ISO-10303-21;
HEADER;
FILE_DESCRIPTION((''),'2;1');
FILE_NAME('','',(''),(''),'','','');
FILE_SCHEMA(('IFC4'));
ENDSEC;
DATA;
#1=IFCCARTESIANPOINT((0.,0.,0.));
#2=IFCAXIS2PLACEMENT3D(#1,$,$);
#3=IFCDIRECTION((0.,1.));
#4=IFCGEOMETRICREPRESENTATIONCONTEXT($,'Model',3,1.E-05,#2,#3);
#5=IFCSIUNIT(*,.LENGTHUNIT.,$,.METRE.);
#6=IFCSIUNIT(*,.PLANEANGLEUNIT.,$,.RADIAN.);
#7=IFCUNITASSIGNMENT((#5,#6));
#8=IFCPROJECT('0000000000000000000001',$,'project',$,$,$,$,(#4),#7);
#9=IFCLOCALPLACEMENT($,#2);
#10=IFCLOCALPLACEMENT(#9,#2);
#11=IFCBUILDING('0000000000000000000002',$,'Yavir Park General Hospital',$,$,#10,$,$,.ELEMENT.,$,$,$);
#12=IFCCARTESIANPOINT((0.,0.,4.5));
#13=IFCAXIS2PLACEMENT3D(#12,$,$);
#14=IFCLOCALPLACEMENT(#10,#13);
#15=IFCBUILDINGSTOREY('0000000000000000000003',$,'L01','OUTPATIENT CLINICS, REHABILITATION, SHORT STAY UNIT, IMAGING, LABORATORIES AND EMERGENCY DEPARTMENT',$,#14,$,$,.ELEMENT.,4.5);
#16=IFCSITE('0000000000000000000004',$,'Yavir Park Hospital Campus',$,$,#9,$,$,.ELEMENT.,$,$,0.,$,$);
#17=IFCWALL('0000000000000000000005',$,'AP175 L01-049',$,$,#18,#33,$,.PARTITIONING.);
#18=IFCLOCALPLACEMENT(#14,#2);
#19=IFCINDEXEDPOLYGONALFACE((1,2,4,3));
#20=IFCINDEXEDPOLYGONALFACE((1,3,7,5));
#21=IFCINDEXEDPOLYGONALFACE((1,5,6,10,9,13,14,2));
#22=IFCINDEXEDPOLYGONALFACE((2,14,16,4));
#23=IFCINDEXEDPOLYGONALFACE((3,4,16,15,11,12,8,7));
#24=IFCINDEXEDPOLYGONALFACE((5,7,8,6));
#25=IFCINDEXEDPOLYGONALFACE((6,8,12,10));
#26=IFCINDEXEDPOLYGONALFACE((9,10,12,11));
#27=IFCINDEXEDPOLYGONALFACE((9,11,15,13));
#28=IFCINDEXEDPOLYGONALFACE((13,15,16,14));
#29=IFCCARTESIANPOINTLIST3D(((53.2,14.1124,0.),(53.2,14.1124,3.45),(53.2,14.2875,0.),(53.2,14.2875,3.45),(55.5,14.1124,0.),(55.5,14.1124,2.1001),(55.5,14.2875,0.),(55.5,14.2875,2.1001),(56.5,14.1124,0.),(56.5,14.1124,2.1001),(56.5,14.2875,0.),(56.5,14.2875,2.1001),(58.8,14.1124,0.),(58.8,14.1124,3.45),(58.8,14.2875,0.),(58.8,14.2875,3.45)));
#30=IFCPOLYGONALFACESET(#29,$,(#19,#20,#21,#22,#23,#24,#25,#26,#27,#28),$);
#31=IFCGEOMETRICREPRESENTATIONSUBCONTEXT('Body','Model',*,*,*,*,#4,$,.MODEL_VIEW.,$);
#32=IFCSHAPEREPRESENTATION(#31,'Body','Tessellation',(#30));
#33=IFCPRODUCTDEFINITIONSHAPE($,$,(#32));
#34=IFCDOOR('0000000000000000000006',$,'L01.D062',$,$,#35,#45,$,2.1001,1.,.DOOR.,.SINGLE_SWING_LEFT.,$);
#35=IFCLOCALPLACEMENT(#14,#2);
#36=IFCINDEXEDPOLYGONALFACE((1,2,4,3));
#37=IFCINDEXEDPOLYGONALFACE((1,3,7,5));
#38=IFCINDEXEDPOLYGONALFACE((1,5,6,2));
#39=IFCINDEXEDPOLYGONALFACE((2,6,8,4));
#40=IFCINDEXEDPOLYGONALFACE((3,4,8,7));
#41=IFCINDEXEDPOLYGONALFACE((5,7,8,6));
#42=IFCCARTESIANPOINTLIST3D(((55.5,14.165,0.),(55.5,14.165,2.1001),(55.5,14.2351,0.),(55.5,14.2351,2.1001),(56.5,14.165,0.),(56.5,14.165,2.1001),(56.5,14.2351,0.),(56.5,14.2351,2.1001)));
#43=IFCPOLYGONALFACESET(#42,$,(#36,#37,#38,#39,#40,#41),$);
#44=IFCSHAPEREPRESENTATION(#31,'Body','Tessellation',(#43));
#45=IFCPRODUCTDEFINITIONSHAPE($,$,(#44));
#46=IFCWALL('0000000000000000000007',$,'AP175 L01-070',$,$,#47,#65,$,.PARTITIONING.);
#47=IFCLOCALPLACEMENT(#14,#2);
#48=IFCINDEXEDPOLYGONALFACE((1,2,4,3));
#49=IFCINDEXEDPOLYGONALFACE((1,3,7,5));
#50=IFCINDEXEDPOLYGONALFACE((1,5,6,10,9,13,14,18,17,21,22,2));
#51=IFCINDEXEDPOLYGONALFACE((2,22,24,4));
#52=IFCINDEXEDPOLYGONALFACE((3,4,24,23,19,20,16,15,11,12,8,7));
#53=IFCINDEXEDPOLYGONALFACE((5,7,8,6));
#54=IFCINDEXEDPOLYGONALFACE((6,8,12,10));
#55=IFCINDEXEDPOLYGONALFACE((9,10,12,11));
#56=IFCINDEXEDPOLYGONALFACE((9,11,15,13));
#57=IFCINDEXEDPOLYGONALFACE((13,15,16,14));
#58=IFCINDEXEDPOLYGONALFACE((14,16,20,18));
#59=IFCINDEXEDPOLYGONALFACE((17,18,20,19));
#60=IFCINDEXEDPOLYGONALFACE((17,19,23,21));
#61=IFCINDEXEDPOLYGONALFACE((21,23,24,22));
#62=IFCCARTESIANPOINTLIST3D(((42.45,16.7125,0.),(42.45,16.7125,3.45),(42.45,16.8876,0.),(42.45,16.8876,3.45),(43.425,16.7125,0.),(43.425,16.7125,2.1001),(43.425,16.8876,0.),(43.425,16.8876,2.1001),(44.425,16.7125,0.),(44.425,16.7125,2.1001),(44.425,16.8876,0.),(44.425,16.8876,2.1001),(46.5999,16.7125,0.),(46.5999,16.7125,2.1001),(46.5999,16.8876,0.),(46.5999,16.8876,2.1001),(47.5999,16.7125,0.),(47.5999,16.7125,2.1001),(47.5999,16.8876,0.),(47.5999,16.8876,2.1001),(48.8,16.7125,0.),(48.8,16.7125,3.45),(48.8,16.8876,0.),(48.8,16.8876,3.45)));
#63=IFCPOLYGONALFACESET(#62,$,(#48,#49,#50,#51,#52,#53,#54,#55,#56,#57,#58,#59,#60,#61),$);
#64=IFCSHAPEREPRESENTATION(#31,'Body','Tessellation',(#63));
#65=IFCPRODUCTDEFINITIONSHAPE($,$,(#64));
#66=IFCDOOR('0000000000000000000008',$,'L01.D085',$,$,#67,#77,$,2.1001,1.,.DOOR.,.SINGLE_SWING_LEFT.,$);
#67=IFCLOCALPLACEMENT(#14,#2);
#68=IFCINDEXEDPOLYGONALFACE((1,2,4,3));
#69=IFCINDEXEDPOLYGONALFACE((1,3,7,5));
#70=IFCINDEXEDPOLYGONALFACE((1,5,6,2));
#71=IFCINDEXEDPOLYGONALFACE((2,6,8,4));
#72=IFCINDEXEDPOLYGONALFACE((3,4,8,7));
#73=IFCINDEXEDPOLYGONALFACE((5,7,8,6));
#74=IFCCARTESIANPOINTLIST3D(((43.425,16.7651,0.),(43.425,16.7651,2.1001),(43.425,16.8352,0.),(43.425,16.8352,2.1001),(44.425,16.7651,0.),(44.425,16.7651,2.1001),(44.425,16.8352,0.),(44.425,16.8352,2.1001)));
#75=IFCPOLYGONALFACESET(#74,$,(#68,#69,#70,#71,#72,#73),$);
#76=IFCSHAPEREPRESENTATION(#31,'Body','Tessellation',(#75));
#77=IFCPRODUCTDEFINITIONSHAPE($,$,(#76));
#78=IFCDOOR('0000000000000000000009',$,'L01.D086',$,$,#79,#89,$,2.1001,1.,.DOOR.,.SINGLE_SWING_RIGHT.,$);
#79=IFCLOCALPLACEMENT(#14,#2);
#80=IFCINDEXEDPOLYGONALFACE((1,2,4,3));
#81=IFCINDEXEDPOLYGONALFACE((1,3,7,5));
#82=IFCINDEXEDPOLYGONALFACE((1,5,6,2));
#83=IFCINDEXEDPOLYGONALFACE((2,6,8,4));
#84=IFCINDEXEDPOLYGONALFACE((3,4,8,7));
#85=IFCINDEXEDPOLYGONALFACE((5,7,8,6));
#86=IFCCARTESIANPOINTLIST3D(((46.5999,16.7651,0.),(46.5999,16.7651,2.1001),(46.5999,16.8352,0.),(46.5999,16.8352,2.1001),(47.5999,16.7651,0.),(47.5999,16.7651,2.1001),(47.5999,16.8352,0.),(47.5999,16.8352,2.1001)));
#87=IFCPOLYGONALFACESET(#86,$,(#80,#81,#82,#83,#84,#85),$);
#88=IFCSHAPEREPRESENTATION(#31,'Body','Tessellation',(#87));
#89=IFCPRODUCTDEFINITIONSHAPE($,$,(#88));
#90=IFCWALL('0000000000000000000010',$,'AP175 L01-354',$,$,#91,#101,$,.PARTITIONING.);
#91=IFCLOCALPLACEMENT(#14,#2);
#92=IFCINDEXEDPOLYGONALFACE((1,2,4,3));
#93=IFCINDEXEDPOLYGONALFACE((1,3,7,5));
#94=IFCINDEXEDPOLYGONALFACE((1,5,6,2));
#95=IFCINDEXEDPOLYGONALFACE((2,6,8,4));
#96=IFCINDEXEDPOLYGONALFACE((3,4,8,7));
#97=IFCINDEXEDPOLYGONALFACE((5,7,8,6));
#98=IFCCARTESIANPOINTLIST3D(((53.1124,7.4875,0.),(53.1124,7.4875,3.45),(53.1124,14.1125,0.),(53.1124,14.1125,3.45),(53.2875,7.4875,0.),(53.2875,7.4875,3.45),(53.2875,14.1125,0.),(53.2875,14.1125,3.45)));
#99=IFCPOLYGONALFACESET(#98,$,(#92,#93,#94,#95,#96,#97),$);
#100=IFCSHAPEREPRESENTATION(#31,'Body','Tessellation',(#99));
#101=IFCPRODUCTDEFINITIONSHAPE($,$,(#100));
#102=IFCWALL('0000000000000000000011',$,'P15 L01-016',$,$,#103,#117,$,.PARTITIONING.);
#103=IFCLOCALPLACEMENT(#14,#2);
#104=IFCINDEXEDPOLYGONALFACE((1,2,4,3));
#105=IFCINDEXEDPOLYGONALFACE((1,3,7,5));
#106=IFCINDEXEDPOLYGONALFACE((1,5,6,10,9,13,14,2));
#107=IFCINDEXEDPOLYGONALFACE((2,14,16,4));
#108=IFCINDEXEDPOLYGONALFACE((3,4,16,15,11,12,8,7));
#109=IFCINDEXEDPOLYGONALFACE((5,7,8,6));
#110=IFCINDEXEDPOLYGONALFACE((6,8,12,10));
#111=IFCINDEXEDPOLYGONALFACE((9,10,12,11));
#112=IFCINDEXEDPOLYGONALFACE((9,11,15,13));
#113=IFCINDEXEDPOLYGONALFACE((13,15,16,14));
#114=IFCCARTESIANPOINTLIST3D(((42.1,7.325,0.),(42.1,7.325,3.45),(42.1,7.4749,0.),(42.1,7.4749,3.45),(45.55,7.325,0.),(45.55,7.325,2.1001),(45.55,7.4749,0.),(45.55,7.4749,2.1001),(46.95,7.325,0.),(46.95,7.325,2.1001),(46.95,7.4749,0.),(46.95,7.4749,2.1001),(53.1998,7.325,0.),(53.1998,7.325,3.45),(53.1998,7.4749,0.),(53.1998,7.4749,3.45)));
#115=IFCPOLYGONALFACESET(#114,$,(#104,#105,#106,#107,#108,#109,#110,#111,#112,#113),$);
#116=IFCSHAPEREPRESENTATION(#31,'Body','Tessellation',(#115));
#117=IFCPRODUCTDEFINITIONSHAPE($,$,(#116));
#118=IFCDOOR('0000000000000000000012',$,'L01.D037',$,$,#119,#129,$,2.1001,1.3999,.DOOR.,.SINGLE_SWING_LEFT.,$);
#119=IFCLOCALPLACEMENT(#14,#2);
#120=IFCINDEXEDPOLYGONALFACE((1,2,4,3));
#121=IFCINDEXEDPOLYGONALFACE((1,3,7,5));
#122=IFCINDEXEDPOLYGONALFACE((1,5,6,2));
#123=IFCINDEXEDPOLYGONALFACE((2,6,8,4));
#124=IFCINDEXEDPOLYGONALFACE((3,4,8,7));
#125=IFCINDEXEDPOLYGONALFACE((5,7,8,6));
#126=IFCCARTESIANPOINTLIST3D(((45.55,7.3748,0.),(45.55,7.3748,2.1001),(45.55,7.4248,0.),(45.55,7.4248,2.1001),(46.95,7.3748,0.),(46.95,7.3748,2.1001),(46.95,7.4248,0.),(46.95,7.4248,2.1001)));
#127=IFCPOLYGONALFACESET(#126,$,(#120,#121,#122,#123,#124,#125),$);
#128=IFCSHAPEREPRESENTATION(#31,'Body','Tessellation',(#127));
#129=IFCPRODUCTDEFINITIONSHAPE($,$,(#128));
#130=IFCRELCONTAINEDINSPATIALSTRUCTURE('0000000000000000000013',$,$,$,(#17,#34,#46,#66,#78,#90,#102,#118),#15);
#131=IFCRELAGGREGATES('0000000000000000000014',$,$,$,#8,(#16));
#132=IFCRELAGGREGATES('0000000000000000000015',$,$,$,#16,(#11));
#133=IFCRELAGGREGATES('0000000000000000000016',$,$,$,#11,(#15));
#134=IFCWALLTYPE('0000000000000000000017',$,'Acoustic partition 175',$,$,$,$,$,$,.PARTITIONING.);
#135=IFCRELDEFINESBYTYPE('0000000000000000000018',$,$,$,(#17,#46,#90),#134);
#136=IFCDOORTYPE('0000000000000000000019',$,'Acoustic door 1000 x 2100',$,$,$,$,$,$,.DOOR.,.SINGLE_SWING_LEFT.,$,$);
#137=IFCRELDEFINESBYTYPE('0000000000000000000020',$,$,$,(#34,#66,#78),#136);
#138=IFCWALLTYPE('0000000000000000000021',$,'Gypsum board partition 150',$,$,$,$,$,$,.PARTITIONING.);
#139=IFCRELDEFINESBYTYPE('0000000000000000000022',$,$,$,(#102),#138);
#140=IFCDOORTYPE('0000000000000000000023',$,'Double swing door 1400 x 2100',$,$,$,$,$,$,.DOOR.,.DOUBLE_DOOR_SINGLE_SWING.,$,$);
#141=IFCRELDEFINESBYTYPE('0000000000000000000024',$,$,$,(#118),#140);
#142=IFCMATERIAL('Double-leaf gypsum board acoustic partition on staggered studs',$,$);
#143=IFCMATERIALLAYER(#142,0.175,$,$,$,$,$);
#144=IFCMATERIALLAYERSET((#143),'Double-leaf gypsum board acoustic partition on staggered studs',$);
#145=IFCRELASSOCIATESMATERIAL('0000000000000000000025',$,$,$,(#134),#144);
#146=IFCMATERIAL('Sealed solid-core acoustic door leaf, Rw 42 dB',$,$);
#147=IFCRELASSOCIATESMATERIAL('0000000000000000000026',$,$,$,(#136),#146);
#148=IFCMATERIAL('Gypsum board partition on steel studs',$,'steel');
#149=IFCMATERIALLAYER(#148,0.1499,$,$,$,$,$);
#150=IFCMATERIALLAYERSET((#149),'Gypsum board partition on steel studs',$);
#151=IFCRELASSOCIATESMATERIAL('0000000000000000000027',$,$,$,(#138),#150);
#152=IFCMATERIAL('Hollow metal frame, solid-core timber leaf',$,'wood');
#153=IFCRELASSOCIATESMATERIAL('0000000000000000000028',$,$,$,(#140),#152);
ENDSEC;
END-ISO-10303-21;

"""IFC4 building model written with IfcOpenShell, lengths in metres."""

from ifc_helpers import new_model, si_unit, direction, frame, frame_2d, origin, place, context, subcontext, project, spatial, rectangle, extrude, material, layer, layer_set, type_object, element, fill, save


model = new_model("IFC4")

# Units and contexts
model_context = context("Model", 3, precision=1e-05, world=origin(), true_north=direction((0.0, 1.0)))
body_context = subcontext(model_context, "Body", "Model", "MODEL_VIEW")
ifc_project = project(units=[si_unit("LENGTHUNIT", "METRE"), si_unit("PLANEANGLEUNIT", "RADIAN")], contexts=[model_context])

# Site, building, storey
site_placement = place(None, origin())
site = spatial("IfcSite", under=ifc_project, at=site_placement, Name="Yavir Park Hospital Campus", CompositionType="ELEMENT", RefElevation=0.0)
building_placement = place(site_placement, origin())
building = spatial("IfcBuilding", under=site, at=building_placement, Name="Yavir Park General Hospital", CompositionType="ELEMENT")
storey_placement = place(building_placement, frame((0.0, 0.0, 4.5)))
storey = spatial("IfcBuildingStorey", under=building, at=storey_placement, Name="L01", Description="OUTPATIENT CLINICS, REHABILITATION, SHORT STAY UNIT, IMAGING, LABORATORIES AND EMERGENCY DEPARTMENT", CompositionType="ELEMENT", Elevation=4.5)

# Shared definitions
ifc_material_1 = material(Name="Double-leaf gypsum board acoustic partition on staggered studs")
ifc_layer_1 = layer(ifc_material_1, 0.175)
ifc_layer_set_1 = layer_set([ifc_layer_1], Name="Double-leaf gypsum board acoustic partition on staggered studs")
wall_type_1 = type_object("IfcWallType", Name="Acoustic partition 175", PredefinedType="PARTITIONING", material=ifc_layer_set_1)
ifc_material_2 = material(Name="Sealed solid-core acoustic door leaf, Rw 42 dB")
door_type_1 = type_object("IfcDoorType", Name="Acoustic door 1000 x 2100", OperationType="SINGLE_SWING_LEFT", PredefinedType="DOOR", material=ifc_material_2)

# Wall, opening, door
wall_1_placement = place(storey_placement, frame((53.2, 14.2, 0.0), z_axis=(0.0, 0.0, 1.0), x_axis=(1.0, 0.0, 0.0)))
wall_1 = element("IfcWall", 1, at=wall_1_placement, inside=storey, type_object=wall_type_1, Name="AP175 L01-049", PredefinedType="PARTITIONING", context=body_context, shape_type="SweptSolid", body=[
    extrude(rectangle(XDim=5.6001, YDim=0.175, at=frame_2d((2.8, 0.0))), origin(), (0.0, 0.0, 1.0), 3.45),
])
opening_1_placement = place(wall_1_placement, frame((2.3, 0.0, 0.0)))
opening_1 = element("IfcOpeningElement", 2, at=opening_1_placement, cuts=wall_1, PredefinedType="OPENING", context=body_context, shape_type="SweptSolid", body=[
    extrude(rectangle(XDim=1.0, YDim=2.1001, at=frame_2d((0.5, 1.05))), frame((0.0, 0.0974, 0.0), z_axis=(0.0, -1.0, 0.0), x_axis=(1.0, 0.0, 0.0)), (0.0, 0.0, 1.0), 0.1951),
])
door_1_placement = place(opening_1_placement, origin())
door_1 = element("IfcDoor", 3, at=door_1_placement, inside=storey, type_object=door_type_1, Name="L01.D062", OperationType="SINGLE_SWING_LEFT", OverallHeight=2.1001, OverallWidth=1.0, PredefinedType="DOOR", context=body_context, shape_type="SweptSolid", body=[
    extrude(rectangle(XDim=1.0, YDim=2.1001, at=frame_2d((0.5, 1.05))), frame((0.0, 0.0352, 0.0), z_axis=(0.0, -1.0, 0.0), x_axis=(1.0, 0.0, 0.0)), (0.0, 0.0, 1.0), 0.0701),
])
fill(opening_1, door_1)

# Wall, openings, doors
wall_2_placement = place(storey_placement, frame((42.45, 16.8, 0.0), z_axis=(0.0, 0.0, 1.0), x_axis=(1.0, 0.0, 0.0)))
wall_2 = element("IfcWall", 4, at=wall_2_placement, inside=storey, type_object=wall_type_1, Name="AP175 L01-070", PredefinedType="PARTITIONING", context=body_context, shape_type="SweptSolid", body=[
    extrude(rectangle(XDim=6.3501, YDim=0.175, at=frame_2d((3.175, 0.0))), origin(), (0.0, 0.0, 1.0), 3.45),
])
opening_2_placement = place(wall_2_placement, frame((0.9751, 0.0, 0.0)))
opening_2 = element("IfcOpeningElement", 5, at=opening_2_placement, cuts=wall_2, PredefinedType="OPENING", context=body_context, shape_type="SweptSolid", body=[
    extrude(rectangle(XDim=1.0, YDim=2.1001, at=frame_2d((0.5, 1.05))), frame((0.0, 0.0974, 0.0), z_axis=(0.0, -1.0, 0.0), x_axis=(1.0, 0.0, 0.0)), (0.0, 0.0, 1.0), 0.1951),
])
opening_3_placement = place(wall_2_placement, frame((4.1499, 0.0, 0.0)))
opening_3 = element("IfcOpeningElement", 6, at=opening_3_placement, cuts=wall_2, PredefinedType="OPENING", context=body_context, shape_type="SweptSolid", body=[
    extrude(rectangle(XDim=1.0, YDim=2.1001, at=frame_2d((0.5, 1.05))), frame((0.0, 0.0974, 0.0), z_axis=(0.0, -1.0, 0.0), x_axis=(1.0, 0.0, 0.0)), (0.0, 0.0, 1.0), 0.1951),
])
door_2_placement = place(opening_2_placement, origin())
door_2 = element("IfcDoor", 7, at=door_2_placement, inside=storey, type_object=door_type_1, Name="L01.D085", OperationType="SINGLE_SWING_LEFT", OverallHeight=2.1001, OverallWidth=1.0, PredefinedType="DOOR", context=body_context, shape_type="SweptSolid", body=[
    extrude(rectangle(XDim=1.0, YDim=2.1001, at=frame_2d((0.5, 1.05))), frame((0.0, 0.0352, 0.0), z_axis=(0.0, -1.0, 0.0), x_axis=(1.0, 0.0, 0.0)), (0.0, 0.0, 1.0), 0.0701),
])
fill(opening_2, door_2)
door_3_placement = place(opening_3_placement, origin())
door_3 = element("IfcDoor", 8, at=door_3_placement, inside=storey, type_object=door_type_1, Name="L01.D086", OperationType="SINGLE_SWING_RIGHT", OverallHeight=2.1001, OverallWidth=1.0, PredefinedType="DOOR", context=body_context, shape_type="SweptSolid", body=[
    extrude(rectangle(XDim=1.0, YDim=2.1001, at=frame_2d((0.5, 1.05))), frame((0.0, 0.0352, 0.0), z_axis=(0.0, -1.0, 0.0), x_axis=(1.0, 0.0, 0.0)), (0.0, 0.0, 1.0), 0.0701),
])
fill(opening_3, door_3)

# Wall
wall_3_placement = place(storey_placement, frame((53.2, 7.4875, 0.0), z_axis=(0.0, 0.0, 1.0), x_axis=(0.0, 1.0, 0.0)))
element("IfcWall", 9, at=wall_3_placement, inside=storey, type_object=wall_type_1, Name="AP175 L01-354", PredefinedType="PARTITIONING", context=body_context, shape_type="SweptSolid", body=[
    extrude(rectangle(XDim=6.625, YDim=0.175, at=frame_2d((3.3125, 0.0))), origin(), (0.0, 0.0, 1.0), 3.45),
])

# Wall, opening, door
ifc_material_3 = material(Name="Gypsum board partition on steel studs", Category="steel")
ifc_layer_2 = layer(ifc_material_3, 0.1499)
ifc_layer_set_2 = layer_set([ifc_layer_2], Name="Gypsum board partition on steel studs")
wall_type_2 = type_object("IfcWallType", Name="Gypsum board partition 150", PredefinedType="PARTITIONING", material=ifc_layer_set_2)
wall_4_placement = place(storey_placement, frame((42.1001, 7.3999, 0.0), z_axis=(0.0, 0.0, 1.0), x_axis=(1.0, 0.0, 0.0)))
wall_4 = element("IfcWall", 10, at=wall_4_placement, inside=storey, type_object=wall_type_2, Name="P15 L01-016", PredefinedType="PARTITIONING", context=body_context, shape_type="SweptSolid", body=[
    extrude(rectangle(XDim=11.0999, YDim=0.1499, at=frame_2d((5.5498, 0.0))), origin(), (0.0, 0.0, 1.0), 3.45),
])
opening_4_placement = place(wall_4_placement, frame((3.45, 0.0, 0.0)))
opening_4 = element("IfcOpeningElement", 11, at=opening_4_placement, cuts=wall_4, PredefinedType="OPENING", context=body_context, shape_type="SweptSolid", body=[
    extrude(rectangle(XDim=1.3999, YDim=2.1001, at=frame_2d((0.7, 1.05))), frame((0.0, 0.085, 0.0), z_axis=(0.0, -1.0, 0.0), x_axis=(1.0, 0.0, 0.0)), (0.0, 0.0, 1.0), 0.1699),
])
ifc_material_4 = material(Name="Hollow metal frame, solid-core timber leaf", Category="wood")
door_type_2 = type_object("IfcDoorType", Name="Double swing door 1400 x 2100", OperationType="DOUBLE_DOOR_SINGLE_SWING", PredefinedType="DOOR", material=ifc_material_4)
door_4_placement = place(opening_4_placement, origin())
door_4 = element("IfcDoor", 12, at=door_4_placement, inside=storey, type_object=door_type_2, Name="L01.D037", OperationType="SINGLE_SWING_LEFT", OverallHeight=2.1001, OverallWidth=1.3999, PredefinedType="DOOR", context=body_context, shape_type="SweptSolid", body=[
    extrude(rectangle(XDim=1.3999, YDim=2.1001, at=frame_2d((0.7, 1.05))), frame((0.0, 0.0249, 0.0), z_axis=(0.0, -1.0, 0.0), x_axis=(1.0, 0.0, 0.0)), (0.0, 0.0, 1.0), 0.05),
])
fill(opening_4, door_4)

save(model, "model.ifc")
